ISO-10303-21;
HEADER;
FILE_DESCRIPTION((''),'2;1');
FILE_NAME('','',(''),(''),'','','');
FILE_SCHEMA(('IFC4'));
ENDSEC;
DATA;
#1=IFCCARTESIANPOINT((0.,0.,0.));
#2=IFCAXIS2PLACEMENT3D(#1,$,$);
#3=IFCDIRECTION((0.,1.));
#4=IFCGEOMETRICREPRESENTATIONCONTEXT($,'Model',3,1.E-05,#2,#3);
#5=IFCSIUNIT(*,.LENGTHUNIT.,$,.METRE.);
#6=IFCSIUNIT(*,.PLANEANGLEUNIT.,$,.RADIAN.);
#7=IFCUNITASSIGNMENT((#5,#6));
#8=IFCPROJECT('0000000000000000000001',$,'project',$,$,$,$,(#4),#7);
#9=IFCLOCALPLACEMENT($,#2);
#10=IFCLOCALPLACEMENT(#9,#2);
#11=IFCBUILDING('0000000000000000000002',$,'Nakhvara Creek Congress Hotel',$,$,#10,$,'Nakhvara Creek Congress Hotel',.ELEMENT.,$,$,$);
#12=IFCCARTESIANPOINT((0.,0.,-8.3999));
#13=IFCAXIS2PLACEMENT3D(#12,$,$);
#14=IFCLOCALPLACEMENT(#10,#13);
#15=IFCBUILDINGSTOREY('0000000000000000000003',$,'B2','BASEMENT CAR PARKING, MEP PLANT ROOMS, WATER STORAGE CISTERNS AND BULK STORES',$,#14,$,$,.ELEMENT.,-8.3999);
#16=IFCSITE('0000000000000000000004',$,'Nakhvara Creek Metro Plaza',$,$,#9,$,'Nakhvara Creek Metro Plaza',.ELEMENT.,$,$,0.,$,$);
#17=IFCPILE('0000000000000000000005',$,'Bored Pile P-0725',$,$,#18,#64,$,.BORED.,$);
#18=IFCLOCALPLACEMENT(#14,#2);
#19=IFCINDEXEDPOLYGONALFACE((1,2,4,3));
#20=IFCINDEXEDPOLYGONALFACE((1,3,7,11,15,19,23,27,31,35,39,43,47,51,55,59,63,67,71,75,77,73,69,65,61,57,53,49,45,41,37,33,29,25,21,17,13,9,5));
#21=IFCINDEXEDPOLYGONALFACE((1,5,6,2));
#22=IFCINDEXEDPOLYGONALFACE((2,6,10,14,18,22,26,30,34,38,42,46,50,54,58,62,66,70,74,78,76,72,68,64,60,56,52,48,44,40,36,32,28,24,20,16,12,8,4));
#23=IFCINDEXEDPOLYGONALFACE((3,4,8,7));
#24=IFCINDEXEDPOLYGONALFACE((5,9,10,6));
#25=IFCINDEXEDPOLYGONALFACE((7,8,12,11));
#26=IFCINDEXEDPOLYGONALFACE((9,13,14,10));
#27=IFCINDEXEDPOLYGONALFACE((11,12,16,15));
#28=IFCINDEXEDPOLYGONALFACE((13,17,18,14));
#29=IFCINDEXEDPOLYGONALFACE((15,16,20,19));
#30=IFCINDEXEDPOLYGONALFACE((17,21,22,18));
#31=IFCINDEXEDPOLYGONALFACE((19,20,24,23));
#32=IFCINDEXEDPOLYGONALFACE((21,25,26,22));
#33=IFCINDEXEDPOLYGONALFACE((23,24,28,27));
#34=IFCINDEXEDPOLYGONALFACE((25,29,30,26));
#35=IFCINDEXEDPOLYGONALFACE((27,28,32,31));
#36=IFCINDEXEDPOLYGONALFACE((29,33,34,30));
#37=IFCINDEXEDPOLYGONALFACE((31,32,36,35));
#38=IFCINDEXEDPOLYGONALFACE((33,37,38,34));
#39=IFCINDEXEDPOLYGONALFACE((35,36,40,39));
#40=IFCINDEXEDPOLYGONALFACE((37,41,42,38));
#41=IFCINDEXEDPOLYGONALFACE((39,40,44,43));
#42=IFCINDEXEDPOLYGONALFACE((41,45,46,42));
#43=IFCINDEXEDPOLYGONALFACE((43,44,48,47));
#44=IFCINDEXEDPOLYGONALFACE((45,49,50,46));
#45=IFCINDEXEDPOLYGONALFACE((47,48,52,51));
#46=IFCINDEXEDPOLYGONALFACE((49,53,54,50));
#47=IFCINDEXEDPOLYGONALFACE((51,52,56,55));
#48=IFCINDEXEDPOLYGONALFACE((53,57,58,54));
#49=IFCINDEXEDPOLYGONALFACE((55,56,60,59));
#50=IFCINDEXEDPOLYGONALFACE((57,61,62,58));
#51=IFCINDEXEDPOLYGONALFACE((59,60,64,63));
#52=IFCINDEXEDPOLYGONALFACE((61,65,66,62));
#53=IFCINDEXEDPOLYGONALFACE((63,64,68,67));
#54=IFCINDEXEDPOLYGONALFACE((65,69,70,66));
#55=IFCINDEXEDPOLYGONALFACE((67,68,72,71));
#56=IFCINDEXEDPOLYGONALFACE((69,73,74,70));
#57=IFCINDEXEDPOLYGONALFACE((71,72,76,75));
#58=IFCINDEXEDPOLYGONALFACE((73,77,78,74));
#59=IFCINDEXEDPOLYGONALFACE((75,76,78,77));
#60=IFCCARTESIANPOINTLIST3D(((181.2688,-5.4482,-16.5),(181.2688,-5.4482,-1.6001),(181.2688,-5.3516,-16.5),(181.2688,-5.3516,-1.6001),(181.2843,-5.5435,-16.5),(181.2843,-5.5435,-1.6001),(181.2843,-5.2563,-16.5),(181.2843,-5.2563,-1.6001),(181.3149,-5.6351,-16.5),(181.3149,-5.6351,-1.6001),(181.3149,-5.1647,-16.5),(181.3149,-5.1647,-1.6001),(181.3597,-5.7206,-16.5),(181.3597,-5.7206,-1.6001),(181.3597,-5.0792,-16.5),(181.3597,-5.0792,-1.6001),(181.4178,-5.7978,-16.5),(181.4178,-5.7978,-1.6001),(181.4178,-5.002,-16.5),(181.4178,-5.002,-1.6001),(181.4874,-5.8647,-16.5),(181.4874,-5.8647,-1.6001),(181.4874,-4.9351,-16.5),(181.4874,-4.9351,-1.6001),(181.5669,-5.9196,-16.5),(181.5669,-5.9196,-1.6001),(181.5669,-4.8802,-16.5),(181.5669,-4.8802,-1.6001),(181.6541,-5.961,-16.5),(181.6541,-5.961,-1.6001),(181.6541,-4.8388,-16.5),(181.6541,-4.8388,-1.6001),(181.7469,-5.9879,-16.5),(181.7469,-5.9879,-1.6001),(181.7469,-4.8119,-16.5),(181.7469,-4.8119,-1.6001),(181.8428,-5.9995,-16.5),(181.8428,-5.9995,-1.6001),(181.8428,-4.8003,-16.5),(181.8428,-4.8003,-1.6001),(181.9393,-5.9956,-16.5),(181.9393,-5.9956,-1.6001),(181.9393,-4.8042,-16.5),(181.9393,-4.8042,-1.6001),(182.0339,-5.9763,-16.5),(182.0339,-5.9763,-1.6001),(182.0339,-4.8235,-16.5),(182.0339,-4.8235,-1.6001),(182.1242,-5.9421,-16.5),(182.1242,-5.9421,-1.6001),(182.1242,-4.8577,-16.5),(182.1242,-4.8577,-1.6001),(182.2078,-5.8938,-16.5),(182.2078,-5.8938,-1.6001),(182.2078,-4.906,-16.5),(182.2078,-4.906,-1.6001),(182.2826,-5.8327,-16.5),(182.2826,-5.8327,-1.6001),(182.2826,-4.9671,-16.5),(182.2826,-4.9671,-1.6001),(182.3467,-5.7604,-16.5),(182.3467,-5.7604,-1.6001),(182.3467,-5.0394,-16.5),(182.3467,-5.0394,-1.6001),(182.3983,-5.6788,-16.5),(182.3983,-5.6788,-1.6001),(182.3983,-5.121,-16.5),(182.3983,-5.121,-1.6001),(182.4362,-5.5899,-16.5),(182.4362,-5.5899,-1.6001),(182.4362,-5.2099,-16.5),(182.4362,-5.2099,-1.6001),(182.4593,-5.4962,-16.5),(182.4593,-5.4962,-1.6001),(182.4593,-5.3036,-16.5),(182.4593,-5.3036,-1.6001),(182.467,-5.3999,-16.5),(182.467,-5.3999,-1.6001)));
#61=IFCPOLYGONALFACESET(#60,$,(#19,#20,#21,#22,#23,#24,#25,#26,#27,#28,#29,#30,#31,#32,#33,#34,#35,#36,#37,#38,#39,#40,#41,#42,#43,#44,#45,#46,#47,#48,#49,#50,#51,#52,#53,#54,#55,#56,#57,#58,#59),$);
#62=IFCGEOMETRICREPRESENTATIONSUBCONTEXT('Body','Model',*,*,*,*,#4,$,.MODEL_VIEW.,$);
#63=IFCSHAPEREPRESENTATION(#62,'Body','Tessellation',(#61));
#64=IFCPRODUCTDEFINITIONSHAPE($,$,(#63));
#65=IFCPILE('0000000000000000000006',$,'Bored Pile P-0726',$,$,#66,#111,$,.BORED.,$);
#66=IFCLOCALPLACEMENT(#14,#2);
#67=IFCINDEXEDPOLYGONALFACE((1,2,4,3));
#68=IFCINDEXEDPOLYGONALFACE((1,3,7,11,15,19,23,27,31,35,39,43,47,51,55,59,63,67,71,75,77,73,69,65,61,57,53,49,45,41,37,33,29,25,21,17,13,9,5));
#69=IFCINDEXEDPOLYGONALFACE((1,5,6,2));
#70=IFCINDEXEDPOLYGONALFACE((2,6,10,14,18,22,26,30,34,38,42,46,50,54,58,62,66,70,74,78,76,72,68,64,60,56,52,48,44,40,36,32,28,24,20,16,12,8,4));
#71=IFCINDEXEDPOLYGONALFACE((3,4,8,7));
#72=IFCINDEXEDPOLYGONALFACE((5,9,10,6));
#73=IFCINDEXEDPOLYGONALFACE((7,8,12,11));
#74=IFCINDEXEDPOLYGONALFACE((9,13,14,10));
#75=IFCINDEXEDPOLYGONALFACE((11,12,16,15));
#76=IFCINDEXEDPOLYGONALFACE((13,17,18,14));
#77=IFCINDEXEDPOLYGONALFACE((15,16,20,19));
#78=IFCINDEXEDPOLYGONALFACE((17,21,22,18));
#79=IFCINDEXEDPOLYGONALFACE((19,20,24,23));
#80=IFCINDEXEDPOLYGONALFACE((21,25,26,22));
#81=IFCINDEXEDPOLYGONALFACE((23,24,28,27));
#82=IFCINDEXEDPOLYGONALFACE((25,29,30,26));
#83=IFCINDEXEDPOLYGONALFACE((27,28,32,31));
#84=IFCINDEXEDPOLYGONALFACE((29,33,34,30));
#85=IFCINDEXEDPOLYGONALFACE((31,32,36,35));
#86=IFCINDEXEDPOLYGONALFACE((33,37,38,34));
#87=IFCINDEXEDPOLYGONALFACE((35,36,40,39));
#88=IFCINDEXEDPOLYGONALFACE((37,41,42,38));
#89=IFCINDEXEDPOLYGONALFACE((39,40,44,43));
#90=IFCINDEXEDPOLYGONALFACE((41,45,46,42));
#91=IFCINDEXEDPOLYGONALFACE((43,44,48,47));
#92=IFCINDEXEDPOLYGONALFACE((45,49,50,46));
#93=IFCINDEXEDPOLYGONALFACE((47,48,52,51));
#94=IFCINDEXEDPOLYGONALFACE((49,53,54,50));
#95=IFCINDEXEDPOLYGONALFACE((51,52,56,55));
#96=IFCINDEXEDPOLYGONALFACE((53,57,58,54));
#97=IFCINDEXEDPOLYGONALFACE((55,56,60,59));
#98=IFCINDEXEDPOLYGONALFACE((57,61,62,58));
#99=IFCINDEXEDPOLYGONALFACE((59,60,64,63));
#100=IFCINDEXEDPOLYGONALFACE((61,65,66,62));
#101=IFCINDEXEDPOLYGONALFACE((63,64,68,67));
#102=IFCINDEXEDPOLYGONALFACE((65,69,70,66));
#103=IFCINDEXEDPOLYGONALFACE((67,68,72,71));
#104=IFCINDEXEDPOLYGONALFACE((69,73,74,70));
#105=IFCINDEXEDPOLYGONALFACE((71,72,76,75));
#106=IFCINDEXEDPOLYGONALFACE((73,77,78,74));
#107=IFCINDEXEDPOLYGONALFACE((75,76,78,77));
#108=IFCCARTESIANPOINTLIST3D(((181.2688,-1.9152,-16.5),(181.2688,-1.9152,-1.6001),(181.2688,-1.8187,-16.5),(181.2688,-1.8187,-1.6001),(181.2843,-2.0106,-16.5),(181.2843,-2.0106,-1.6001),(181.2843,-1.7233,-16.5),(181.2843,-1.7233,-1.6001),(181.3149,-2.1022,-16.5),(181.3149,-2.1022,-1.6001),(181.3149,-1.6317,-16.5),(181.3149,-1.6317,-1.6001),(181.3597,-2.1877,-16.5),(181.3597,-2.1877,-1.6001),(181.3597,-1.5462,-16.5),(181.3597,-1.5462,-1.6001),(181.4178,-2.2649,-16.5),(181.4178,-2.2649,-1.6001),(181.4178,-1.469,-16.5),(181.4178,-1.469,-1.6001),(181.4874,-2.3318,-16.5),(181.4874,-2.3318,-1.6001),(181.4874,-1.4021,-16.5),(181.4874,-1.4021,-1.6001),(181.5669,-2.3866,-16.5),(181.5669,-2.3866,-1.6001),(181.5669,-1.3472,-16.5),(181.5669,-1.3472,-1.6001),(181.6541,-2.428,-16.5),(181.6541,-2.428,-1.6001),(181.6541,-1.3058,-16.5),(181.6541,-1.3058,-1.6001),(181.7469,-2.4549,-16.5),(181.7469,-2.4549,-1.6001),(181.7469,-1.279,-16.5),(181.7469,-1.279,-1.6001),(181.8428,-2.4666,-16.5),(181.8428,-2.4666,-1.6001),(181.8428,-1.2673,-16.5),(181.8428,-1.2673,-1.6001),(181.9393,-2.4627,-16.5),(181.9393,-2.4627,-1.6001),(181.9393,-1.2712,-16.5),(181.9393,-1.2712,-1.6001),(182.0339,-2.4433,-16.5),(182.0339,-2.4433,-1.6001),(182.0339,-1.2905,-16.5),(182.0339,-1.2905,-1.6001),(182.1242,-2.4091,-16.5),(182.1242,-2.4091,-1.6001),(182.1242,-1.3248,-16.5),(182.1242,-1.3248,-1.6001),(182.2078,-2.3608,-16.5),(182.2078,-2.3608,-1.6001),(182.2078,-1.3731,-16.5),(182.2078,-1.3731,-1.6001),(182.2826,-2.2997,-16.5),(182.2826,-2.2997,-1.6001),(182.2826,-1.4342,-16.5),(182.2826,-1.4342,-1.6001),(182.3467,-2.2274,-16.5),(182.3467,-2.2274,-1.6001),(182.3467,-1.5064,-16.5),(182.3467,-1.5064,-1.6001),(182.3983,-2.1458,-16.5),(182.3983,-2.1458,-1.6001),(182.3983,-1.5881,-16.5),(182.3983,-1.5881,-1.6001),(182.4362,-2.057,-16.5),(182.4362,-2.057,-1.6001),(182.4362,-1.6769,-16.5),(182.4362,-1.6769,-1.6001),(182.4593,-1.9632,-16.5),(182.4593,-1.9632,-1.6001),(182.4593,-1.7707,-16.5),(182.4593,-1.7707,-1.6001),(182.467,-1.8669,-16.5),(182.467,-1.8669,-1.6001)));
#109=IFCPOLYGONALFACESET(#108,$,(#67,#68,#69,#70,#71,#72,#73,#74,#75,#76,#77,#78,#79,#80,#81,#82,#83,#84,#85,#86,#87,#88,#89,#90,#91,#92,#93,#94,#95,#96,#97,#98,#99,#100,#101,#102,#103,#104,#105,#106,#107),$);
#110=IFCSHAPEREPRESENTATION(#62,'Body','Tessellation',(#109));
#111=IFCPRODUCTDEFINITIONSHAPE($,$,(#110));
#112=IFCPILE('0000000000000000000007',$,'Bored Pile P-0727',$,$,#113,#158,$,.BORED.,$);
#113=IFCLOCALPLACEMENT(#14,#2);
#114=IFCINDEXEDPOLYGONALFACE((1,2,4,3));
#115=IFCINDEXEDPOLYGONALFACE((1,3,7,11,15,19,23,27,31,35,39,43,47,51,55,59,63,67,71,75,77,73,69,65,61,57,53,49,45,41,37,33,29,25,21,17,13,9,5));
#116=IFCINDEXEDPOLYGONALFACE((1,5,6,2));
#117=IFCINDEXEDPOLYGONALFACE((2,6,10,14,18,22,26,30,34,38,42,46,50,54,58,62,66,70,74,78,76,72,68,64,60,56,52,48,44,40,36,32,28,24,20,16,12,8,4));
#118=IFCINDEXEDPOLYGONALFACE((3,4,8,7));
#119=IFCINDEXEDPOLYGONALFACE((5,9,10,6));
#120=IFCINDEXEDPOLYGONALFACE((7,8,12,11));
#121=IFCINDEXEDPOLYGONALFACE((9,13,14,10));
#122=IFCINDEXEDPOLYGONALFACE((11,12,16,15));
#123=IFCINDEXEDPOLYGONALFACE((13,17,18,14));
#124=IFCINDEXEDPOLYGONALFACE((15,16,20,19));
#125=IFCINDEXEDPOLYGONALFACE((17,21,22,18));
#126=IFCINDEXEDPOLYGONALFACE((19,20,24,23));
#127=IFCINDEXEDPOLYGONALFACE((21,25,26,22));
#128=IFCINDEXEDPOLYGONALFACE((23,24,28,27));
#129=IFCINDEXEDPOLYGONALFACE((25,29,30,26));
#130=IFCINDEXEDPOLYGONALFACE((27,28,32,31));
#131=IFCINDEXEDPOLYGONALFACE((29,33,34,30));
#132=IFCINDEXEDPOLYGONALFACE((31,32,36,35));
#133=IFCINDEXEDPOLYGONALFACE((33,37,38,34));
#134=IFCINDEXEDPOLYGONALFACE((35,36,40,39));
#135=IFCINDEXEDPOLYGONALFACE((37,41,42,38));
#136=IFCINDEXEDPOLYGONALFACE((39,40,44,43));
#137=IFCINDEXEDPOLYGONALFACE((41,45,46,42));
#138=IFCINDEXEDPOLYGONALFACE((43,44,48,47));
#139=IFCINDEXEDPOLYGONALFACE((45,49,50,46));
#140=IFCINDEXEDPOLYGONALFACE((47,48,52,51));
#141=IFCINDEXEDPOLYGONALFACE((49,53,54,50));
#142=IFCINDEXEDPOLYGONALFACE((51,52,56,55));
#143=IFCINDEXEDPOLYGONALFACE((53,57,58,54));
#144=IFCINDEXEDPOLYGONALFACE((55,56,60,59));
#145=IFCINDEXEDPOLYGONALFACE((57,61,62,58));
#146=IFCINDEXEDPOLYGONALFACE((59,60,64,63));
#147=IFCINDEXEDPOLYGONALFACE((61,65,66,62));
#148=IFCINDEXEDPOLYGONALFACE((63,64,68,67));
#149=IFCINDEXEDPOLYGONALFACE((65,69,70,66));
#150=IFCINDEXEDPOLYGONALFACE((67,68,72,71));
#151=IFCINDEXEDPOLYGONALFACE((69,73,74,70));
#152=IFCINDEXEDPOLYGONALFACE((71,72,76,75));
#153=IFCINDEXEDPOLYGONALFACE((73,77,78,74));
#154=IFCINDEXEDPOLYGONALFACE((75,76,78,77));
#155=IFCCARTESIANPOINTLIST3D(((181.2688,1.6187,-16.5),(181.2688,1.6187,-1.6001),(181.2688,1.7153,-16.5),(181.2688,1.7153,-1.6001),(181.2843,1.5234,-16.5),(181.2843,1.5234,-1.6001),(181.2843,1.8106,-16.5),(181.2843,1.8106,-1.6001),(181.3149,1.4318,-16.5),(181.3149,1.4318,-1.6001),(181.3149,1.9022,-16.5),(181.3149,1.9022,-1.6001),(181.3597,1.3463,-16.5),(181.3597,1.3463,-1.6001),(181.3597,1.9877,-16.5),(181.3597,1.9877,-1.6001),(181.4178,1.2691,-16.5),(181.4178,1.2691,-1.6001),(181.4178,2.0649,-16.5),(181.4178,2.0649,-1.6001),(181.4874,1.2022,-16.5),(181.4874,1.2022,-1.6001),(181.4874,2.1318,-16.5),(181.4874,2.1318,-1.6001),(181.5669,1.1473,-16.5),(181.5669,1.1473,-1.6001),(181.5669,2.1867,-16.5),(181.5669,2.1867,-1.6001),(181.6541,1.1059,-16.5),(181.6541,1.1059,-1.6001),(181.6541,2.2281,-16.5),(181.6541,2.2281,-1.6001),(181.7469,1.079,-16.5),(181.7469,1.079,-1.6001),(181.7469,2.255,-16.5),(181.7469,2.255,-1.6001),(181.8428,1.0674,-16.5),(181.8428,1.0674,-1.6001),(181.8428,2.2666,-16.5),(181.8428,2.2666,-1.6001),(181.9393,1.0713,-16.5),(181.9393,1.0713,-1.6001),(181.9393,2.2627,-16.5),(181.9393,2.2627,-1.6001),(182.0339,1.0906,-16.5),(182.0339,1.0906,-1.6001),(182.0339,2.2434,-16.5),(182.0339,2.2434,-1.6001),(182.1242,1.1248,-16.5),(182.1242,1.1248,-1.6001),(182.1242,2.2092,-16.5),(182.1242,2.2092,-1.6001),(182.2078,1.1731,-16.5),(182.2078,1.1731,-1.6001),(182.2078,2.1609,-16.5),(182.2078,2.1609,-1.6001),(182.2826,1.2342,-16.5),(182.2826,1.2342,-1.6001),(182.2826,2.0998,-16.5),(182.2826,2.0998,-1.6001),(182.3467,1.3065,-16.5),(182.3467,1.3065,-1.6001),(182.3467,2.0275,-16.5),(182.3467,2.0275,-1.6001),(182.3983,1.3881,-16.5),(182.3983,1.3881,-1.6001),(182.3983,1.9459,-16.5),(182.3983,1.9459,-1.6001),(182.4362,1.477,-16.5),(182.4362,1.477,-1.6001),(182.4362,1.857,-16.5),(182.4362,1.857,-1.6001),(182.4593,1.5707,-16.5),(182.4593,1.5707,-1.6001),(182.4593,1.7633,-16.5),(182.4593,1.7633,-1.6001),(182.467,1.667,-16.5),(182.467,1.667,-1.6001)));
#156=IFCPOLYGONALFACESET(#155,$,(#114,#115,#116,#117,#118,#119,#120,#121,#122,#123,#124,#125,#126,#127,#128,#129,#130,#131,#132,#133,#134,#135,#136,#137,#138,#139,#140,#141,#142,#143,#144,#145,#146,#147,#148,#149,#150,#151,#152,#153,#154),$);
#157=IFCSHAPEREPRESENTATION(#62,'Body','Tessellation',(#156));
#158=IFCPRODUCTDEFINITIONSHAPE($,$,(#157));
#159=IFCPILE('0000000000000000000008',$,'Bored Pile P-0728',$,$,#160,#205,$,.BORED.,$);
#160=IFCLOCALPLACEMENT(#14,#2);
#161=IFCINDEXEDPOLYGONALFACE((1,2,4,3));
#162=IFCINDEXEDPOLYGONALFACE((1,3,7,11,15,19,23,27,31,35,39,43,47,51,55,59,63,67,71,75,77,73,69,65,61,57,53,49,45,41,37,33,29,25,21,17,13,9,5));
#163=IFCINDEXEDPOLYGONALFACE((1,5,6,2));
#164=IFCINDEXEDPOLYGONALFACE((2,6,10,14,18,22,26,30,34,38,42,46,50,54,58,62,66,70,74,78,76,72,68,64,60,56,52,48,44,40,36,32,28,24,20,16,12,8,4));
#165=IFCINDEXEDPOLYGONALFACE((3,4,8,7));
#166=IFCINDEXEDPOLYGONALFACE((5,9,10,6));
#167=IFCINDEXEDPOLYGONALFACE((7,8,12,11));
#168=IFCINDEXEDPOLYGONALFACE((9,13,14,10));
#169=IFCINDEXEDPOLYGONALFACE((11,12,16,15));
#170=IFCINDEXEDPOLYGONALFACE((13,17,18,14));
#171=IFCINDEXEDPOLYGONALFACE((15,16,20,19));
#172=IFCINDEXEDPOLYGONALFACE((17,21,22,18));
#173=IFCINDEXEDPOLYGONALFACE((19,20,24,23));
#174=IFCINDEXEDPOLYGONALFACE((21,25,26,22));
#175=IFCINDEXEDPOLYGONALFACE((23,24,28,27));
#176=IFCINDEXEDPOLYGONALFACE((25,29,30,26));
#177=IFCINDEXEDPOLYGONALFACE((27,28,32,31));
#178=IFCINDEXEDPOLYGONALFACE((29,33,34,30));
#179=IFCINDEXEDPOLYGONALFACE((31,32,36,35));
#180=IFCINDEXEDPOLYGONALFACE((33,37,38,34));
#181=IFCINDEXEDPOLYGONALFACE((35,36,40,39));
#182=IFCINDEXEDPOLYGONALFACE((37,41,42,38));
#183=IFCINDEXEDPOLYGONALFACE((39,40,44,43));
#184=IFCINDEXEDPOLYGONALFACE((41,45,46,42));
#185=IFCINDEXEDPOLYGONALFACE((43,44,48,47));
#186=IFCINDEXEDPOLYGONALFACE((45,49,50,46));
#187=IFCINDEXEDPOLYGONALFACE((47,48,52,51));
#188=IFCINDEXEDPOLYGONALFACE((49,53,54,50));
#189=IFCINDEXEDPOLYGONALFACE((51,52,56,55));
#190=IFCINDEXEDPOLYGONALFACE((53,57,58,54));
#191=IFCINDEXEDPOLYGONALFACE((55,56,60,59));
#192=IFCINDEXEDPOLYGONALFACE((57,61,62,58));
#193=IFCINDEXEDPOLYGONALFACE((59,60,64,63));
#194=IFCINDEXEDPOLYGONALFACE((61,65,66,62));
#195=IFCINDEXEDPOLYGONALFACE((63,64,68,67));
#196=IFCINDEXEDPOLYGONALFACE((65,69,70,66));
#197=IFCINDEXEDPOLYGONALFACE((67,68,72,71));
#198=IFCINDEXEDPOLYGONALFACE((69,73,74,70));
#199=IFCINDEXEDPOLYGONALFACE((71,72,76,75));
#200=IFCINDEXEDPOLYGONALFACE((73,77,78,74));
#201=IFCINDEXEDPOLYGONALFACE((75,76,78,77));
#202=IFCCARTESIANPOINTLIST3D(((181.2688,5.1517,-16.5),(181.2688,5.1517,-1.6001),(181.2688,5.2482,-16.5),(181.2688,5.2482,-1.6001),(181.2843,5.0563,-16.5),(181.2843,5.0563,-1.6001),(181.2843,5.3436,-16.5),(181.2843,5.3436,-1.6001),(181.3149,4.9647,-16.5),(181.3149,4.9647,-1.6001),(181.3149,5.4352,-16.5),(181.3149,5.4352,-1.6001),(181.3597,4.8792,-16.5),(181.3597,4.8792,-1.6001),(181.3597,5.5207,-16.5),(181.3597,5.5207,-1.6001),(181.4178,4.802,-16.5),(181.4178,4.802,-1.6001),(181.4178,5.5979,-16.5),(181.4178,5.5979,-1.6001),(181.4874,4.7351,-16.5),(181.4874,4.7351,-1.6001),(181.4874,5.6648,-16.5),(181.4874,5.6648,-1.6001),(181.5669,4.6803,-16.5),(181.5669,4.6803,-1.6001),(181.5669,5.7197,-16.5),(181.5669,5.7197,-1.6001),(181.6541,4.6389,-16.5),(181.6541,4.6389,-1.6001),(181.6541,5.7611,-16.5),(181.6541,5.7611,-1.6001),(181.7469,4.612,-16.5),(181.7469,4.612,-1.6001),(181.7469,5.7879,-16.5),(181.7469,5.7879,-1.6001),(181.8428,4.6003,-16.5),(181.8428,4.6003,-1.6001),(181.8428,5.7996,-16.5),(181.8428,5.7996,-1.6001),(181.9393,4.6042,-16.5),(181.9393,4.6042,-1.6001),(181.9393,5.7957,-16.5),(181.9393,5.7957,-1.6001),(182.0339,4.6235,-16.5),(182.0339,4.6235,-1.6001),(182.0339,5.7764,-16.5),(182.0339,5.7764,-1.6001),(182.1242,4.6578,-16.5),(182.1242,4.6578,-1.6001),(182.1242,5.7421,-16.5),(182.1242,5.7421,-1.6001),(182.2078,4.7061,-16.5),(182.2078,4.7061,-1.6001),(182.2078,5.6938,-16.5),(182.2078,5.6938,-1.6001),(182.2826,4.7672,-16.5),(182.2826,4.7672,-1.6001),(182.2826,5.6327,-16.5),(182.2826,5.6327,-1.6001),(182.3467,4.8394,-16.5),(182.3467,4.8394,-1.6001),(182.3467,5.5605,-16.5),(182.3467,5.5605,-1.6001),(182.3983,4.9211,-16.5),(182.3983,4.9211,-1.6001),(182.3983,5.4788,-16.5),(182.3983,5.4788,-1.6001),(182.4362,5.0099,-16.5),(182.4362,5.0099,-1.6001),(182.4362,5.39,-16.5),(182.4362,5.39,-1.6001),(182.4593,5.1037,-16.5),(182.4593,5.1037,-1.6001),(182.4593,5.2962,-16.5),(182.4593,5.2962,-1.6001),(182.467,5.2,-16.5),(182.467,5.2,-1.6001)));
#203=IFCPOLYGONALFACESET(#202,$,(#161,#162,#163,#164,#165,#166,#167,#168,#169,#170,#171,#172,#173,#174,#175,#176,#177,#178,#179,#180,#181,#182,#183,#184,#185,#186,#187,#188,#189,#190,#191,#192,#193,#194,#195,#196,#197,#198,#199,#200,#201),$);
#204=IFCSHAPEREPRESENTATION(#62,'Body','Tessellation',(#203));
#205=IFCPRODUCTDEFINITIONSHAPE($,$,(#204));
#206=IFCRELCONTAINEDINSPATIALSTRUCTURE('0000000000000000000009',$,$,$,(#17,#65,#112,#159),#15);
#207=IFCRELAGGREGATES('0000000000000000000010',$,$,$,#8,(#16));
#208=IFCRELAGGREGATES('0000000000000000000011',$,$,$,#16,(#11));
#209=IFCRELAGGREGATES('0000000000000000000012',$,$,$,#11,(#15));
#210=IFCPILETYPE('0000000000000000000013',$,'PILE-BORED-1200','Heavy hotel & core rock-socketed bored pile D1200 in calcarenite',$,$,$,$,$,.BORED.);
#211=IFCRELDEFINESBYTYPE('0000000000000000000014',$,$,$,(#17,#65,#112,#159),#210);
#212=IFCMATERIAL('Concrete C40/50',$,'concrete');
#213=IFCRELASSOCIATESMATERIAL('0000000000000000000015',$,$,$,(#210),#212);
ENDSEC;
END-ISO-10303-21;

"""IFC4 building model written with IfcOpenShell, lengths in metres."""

from ifc_helpers import new_model, si_unit, direction, frame, origin, origin_2d, place, context, subcontext, project, spatial, circle, extrude, material, material_profile, profile_set, type_object, element, save


model = new_model("IFC4")

# Units and contexts
model_context = context("Model", 3, precision=1e-05, world=origin(), true_north=direction((0.0, 1.0)))
body_context = subcontext(model_context, "Body", "Model", "MODEL_VIEW")
ifc_project = project(units=[si_unit("LENGTHUNIT", "METRE"), si_unit("PLANEANGLEUNIT", "RADIAN")], contexts=[model_context])

# Site, building, storey
site_placement = place(None, origin())
site = spatial("IfcSite", under=ifc_project, at=site_placement, Name="Nakhvara Creek Metro Plaza", LongName="Nakhvara Creek Metro Plaza", CompositionType="ELEMENT", RefElevation=0.0)
building_placement = place(site_placement, origin())
building = spatial("IfcBuilding", under=site, at=building_placement, Name="Nakhvara Creek Congress Hotel", LongName="Nakhvara Creek Congress Hotel", CompositionType="ELEMENT")
storey_placement = place(building_placement, frame((0.0, 0.0, -8.3999)))
storey = spatial("IfcBuildingStorey", under=building, at=storey_placement, Name="B2", Description="BASEMENT CAR PARKING, MEP PLANT ROOMS, WATER STORAGE CISTERNS AND BULK STORES", CompositionType="ELEMENT", Elevation=-8.3999)

# Shared definitions
ifc_material_1 = material(Name="Concrete C40/50", Category="concrete")

# Piles
ifc_material_profile_1 = material_profile(ifc_material_1, circle(Radius=0.6001, at=origin_2d()), Name="BORED PILE D1200", Category="LoadBearing")
ifc_profile_set_1 = profile_set([ifc_material_profile_1], Name="Concrete C40/50")
pile_type = type_object("IfcPileType", Name="PILE-BORED-1200", Description="Heavy hotel & core rock-socketed bored pile D1200 in calcarenite", PredefinedType="BORED", material=ifc_profile_set_1)
for number, where, z_axis, x_axis, name in (
    (1, (181.8669, -5.3999, -1.6001), (0.0, 0.0, -1.0), (1.0, 0.0, 0.0), "Bored Pile P-0725"),
    (2, (181.8669, -1.8669, -1.6001), (0.0, 0.0, -1.0), (1.0, 0.0, 0.0), "Bored Pile P-0726"),
    (3, (181.8669, 1.667, -1.6001), (0.0, 0.0, -1.0), (1.0, 0.0, 0.0), "Bored Pile P-0727"),
    (4, (181.8669, 5.2, -1.6001), (0.0, 0.0, -1.0), (1.0, 0.0, 0.0), "Bored Pile P-0728"),
):
    element("IfcPile", number, at=place(storey_placement, frame(where, z_axis=z_axis, x_axis=x_axis)), inside=storey, type_object=pile_type, Name=name, PredefinedType="BORED", context=body_context, shape_type="SweptSolid", body=[
        extrude(circle(Radius=0.6001, at=origin_2d()), origin(), (0.0, 0.0, 1.0), 14.8999),
    ])

save(model, "model.ifc")
